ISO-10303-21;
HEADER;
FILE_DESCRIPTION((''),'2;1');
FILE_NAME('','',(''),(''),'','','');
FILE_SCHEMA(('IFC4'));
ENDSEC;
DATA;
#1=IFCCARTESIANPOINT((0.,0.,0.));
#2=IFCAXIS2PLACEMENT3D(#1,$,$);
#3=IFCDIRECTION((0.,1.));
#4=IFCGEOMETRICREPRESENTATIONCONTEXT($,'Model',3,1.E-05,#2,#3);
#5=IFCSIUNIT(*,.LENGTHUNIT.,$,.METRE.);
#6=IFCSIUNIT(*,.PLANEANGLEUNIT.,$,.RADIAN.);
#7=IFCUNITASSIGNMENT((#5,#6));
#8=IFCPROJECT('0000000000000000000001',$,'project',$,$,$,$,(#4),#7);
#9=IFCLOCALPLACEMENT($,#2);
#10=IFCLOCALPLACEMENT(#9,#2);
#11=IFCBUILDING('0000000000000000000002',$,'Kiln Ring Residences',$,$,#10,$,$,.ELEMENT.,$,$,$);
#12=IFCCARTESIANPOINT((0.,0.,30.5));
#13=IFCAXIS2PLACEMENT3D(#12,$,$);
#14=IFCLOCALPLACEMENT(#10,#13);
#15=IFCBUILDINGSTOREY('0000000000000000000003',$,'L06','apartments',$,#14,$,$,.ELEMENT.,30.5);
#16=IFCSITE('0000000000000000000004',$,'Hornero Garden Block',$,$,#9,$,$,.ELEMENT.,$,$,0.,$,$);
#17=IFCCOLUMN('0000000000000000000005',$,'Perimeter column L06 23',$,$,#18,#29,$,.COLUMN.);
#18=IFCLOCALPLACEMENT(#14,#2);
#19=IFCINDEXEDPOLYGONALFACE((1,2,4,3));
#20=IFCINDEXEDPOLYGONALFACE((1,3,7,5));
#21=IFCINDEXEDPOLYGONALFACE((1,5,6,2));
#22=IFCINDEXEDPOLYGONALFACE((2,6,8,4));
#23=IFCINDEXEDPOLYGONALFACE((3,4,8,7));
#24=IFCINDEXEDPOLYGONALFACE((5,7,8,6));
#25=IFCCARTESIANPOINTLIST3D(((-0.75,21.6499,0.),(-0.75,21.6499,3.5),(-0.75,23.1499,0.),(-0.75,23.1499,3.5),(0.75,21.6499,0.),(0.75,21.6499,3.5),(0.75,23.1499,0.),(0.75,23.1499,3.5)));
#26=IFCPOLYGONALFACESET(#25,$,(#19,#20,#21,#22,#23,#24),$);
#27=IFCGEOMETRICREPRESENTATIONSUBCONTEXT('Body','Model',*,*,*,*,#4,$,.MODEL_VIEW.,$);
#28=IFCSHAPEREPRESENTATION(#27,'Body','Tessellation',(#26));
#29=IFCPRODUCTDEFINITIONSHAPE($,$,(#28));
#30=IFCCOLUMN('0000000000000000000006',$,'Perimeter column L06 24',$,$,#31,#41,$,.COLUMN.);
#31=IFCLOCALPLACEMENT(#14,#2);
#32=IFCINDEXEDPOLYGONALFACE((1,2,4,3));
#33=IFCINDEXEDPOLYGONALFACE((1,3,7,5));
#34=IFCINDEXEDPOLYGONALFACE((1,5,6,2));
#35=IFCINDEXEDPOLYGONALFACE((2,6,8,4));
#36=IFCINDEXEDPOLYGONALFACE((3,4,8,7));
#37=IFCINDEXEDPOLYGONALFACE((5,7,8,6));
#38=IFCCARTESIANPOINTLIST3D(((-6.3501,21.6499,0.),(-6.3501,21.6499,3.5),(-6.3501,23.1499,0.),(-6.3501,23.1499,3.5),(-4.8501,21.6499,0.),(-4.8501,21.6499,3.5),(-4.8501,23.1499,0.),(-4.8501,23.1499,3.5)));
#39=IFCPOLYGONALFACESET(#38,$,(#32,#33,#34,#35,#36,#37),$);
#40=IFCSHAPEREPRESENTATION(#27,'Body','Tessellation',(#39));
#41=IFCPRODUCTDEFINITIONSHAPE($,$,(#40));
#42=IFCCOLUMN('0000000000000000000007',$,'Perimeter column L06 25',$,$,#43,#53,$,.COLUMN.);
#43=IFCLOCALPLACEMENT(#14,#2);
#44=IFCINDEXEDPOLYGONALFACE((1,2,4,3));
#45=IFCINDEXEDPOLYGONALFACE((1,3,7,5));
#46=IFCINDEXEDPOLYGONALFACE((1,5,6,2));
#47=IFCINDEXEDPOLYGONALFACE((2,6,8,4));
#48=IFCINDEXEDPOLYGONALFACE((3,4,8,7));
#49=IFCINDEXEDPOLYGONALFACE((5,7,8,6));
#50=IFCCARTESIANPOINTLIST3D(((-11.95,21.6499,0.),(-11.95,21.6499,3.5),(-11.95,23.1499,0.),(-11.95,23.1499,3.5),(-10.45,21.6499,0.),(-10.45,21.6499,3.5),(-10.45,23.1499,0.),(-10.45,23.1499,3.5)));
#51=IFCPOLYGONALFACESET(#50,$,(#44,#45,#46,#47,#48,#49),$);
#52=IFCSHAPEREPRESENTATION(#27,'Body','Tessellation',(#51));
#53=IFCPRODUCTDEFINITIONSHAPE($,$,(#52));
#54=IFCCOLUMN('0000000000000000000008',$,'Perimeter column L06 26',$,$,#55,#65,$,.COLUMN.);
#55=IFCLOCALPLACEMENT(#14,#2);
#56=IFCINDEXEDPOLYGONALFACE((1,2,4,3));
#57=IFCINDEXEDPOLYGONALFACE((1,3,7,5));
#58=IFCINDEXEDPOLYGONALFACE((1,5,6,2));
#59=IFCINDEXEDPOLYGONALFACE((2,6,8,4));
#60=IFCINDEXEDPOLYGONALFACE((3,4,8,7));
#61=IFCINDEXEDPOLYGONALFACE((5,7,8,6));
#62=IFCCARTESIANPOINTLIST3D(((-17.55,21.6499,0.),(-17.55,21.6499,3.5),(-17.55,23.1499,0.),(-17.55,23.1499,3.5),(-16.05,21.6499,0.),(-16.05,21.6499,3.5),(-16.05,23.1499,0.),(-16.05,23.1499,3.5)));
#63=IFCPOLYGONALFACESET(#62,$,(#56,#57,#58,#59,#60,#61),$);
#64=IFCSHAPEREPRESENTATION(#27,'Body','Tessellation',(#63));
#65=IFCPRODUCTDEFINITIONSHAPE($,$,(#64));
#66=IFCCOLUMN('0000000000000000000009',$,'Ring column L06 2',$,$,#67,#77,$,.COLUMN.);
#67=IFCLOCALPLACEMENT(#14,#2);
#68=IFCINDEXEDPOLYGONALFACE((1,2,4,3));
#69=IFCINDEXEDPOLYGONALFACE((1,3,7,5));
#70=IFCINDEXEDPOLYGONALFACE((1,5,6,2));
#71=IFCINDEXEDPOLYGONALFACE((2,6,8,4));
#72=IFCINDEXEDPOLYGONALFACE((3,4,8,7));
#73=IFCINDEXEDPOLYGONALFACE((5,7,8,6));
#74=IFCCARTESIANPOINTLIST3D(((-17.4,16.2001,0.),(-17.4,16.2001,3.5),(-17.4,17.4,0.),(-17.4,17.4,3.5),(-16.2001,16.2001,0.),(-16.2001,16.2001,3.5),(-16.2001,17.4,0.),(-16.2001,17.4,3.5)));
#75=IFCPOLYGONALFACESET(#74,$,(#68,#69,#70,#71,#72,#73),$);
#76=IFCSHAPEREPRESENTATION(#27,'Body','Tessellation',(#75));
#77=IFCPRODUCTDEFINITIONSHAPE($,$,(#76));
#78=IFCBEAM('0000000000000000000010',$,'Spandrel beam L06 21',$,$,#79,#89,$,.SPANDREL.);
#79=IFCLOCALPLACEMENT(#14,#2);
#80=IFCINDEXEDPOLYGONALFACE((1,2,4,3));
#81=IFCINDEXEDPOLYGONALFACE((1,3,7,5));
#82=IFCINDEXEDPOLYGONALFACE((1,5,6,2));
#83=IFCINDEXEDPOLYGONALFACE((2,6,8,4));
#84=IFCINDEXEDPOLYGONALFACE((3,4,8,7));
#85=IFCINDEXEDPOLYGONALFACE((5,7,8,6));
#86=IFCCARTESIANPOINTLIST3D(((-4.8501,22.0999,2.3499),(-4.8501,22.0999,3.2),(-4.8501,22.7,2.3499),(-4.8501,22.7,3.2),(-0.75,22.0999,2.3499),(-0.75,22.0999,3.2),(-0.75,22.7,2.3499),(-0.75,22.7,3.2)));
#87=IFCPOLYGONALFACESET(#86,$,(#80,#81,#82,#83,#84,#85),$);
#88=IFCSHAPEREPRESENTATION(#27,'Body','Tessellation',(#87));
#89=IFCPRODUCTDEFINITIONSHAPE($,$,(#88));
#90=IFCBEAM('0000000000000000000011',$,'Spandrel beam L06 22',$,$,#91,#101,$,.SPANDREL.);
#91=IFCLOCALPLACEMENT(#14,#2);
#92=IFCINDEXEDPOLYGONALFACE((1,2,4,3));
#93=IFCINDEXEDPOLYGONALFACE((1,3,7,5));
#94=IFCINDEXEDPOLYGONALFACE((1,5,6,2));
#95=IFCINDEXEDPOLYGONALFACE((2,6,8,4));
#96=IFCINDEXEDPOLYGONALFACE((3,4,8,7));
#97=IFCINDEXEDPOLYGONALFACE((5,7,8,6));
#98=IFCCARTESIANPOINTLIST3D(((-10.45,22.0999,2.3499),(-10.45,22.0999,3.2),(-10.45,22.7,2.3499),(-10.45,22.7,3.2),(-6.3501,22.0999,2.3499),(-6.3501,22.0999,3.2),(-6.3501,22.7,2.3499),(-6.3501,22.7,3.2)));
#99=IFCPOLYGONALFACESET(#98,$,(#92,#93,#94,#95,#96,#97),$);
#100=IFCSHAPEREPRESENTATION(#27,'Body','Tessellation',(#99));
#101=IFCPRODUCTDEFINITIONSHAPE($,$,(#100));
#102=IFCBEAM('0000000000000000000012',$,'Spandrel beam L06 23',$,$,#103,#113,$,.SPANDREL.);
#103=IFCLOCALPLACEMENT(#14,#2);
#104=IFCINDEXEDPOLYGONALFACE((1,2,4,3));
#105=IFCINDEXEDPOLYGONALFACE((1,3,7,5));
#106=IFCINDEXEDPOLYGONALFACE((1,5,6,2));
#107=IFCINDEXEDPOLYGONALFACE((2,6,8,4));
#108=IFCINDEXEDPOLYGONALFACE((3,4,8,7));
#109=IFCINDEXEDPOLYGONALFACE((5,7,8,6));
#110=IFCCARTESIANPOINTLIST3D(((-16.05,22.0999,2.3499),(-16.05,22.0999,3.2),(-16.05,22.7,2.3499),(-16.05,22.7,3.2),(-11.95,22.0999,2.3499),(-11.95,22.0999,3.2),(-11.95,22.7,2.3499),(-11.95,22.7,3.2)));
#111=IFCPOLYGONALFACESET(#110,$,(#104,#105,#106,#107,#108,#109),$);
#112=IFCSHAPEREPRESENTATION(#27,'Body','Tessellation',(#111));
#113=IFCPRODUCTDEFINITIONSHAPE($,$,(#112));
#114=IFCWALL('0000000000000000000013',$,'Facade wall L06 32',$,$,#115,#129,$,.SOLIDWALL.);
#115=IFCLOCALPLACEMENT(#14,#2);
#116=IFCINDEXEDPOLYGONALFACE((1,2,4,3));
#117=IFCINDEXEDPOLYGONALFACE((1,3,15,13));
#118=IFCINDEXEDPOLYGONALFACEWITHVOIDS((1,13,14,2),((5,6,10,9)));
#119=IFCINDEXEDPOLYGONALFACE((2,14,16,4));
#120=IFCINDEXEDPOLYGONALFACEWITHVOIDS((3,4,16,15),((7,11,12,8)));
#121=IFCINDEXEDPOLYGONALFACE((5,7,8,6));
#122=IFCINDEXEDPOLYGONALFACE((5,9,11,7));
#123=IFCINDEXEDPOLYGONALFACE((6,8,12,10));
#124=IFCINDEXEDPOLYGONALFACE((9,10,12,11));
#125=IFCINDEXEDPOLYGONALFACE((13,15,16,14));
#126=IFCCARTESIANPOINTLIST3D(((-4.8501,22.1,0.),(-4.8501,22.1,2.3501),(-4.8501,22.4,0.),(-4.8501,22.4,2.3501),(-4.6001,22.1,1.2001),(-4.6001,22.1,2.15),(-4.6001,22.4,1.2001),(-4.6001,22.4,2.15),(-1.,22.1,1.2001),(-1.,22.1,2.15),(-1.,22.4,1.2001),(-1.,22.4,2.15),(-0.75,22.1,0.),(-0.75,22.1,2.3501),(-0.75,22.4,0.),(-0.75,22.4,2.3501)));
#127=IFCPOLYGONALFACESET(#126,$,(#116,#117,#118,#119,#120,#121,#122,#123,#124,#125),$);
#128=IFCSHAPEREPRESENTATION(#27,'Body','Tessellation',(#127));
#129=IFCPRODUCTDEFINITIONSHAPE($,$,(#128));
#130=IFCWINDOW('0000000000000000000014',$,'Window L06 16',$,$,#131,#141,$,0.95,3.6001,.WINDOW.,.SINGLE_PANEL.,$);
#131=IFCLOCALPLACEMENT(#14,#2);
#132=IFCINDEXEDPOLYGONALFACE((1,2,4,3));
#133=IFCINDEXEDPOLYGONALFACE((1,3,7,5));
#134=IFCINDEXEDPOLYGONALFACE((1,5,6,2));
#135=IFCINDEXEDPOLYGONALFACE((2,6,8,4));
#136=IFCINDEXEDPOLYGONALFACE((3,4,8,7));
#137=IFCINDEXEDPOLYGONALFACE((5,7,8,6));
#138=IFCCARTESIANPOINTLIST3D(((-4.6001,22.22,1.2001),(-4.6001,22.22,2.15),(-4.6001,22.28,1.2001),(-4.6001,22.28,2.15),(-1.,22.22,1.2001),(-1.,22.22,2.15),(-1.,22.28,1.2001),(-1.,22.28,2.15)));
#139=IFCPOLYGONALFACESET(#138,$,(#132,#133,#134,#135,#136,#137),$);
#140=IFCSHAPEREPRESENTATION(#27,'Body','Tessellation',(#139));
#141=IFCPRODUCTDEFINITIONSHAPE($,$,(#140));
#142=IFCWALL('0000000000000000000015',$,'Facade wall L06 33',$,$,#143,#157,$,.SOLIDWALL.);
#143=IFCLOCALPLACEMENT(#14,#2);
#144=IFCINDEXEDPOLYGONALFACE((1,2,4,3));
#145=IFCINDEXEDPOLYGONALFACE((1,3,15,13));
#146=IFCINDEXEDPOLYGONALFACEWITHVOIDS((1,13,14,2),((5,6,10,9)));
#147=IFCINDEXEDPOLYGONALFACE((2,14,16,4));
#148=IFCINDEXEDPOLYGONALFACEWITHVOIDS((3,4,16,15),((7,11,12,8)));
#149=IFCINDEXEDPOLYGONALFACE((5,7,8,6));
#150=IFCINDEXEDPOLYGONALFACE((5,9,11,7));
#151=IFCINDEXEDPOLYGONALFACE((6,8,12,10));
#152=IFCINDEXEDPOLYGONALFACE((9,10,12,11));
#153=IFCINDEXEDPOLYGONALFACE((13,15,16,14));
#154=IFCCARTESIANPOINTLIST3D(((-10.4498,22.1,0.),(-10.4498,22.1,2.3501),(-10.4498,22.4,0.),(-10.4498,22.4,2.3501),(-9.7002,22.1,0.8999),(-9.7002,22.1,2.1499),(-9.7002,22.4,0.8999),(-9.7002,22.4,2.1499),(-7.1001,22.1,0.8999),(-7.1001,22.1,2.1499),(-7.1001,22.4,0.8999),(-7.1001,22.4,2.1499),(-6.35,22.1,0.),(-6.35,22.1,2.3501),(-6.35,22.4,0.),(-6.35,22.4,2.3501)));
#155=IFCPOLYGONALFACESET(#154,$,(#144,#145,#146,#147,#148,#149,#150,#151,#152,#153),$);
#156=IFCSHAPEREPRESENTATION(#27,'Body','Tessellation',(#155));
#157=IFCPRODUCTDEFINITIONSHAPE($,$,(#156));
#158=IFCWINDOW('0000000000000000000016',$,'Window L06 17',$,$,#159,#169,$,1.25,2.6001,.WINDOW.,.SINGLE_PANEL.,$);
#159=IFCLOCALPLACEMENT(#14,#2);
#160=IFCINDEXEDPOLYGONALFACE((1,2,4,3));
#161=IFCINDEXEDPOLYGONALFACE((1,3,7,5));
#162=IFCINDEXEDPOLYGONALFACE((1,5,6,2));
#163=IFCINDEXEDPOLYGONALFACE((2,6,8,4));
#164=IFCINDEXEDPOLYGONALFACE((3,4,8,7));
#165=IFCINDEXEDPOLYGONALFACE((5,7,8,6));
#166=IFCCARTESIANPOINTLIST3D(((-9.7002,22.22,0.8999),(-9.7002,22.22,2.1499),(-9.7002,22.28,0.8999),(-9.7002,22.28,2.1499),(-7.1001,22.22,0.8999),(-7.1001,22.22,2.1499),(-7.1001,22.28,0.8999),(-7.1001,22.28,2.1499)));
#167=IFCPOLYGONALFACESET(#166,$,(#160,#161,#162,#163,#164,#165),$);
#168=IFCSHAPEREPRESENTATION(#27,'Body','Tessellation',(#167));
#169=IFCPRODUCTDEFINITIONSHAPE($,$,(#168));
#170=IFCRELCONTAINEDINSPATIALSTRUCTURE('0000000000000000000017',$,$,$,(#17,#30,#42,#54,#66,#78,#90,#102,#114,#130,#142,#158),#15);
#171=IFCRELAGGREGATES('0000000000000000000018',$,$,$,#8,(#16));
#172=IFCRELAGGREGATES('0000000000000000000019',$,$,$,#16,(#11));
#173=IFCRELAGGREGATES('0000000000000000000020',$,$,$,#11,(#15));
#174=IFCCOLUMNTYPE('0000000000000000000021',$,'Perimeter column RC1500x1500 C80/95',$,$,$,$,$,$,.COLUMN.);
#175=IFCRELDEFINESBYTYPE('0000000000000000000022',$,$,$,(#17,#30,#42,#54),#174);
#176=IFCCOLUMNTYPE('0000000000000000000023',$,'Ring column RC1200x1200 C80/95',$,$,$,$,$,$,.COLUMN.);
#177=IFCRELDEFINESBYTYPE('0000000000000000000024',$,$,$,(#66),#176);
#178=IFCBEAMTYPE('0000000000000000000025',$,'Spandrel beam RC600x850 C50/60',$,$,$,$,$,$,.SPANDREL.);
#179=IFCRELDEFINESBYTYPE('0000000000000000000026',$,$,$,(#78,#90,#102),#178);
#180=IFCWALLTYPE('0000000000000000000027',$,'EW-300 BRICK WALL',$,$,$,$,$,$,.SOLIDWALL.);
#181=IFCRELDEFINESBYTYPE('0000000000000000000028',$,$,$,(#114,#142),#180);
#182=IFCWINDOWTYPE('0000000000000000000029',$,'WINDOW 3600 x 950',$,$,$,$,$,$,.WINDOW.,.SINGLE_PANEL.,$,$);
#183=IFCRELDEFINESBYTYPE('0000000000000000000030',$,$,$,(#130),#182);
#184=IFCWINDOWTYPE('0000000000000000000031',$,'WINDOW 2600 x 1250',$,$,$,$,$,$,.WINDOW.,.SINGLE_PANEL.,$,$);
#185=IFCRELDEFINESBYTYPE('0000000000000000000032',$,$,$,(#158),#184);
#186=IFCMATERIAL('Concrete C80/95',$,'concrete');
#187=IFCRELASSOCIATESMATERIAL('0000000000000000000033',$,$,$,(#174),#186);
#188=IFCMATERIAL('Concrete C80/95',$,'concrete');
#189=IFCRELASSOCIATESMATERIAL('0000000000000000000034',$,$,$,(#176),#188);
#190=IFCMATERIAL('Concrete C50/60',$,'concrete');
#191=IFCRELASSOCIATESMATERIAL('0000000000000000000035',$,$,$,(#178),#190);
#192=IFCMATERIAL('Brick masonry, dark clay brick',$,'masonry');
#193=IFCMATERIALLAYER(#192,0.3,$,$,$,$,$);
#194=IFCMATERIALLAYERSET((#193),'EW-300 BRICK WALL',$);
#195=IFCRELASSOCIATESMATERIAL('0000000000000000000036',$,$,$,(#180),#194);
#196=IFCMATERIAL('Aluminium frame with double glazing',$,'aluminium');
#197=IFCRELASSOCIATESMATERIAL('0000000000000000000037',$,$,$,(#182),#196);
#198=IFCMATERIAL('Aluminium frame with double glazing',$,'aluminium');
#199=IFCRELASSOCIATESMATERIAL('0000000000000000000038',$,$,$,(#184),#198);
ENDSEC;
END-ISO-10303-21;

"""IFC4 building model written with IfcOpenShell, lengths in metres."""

from ifc_helpers import new_model, si_unit, direction, frame, frame_2d, origin, origin_2d, place, context, subcontext, project, spatial, rectangle, extrude, material, layer, layer_set, material_profile, profile_set, type_object, element, fill, save


model = new_model("IFC4")

# Units and contexts
model_context = context("Model", 3, precision=1e-05, world=origin(), true_north=direction((0.0, 1.0)))
body_context = subcontext(model_context, "Body", "Model", "MODEL_VIEW")
ifc_project = project(units=[si_unit("LENGTHUNIT", "METRE"), si_unit("PLANEANGLEUNIT", "RADIAN")], contexts=[model_context])

# Site, building, storey
site_placement = place(None, origin())
site = spatial("IfcSite", under=ifc_project, at=site_placement, Name="Hornero Garden Block", CompositionType="ELEMENT", RefElevation=0.0)
building_placement = place(site_placement, origin())
building = spatial("IfcBuilding", under=site, at=building_placement, Name="Kiln Ring Residences", CompositionType="ELEMENT")
storey_placement = place(building_placement, frame((0.0, 0.0, 30.5)))
storey = spatial("IfcBuildingStorey", under=building, at=storey_placement, Name="L06", Description="apartments", CompositionType="ELEMENT", Elevation=30.5)

# Columns
ifc_material_1 = material(Name="Concrete C80/95", Category="concrete")
ifc_material_profile_1 = material_profile(ifc_material_1, rectangle(XDim=1.5, YDim=1.5, at=origin_2d()), Name="RC1500x1500")
ifc_profile_set_1 = profile_set([ifc_material_profile_1], Name="Concrete C80/95")
column_type_1 = type_object("IfcColumnType", Name="Perimeter column RC1500x1500 C80/95", PredefinedType="COLUMN", material=ifc_profile_set_1)
for number, where, z_axis, x_axis, name in (
    (1, (0.0, 22.3999, 0.0), (0.0, 0.0, 1.0), (1.0, 0.0, 0.0), "Perimeter column L06 23"),
    (2, (-5.6001, 22.3999, 0.0), (0.0, 0.0, 1.0), (1.0, 0.0, 0.0), "Perimeter column L06 24"),
    (3, (-11.2, 22.3999, 0.0), (0.0, 0.0, 1.0), (1.0, 0.0, 0.0), "Perimeter column L06 25"),
    (4, (-16.8, 22.3999, 0.0), (0.0, 0.0, 1.0), (1.0, 0.0, 0.0), "Perimeter column L06 26"),
):
    element("IfcColumn", number, at=place(storey_placement, frame(where, z_axis=z_axis, x_axis=x_axis)), inside=storey, type_object=column_type_1, Name=name, PredefinedType="COLUMN", context=body_context, shape_type="SweptSolid", body=[
        extrude(rectangle(XDim=1.5, YDim=1.5, at=origin_2d()), origin(), (0.0, 0.0, 1.0), 3.5),
    ])
ifc_material_2 = material(Name="Concrete C80/95", Category="concrete")
ifc_material_profile_2 = material_profile(ifc_material_2, rectangle(XDim=1.2, YDim=1.2, at=origin_2d()), Name="RC1200x1200")
ifc_profile_set_2 = profile_set([ifc_material_profile_2], Name="Concrete C80/95")
column_type_2 = type_object("IfcColumnType", Name="Ring column RC1200x1200 C80/95", PredefinedType="COLUMN", material=ifc_profile_set_2)
column_placement = place(storey_placement, frame((-16.8, 16.8, 0.0), z_axis=(0.0, 0.0, 1.0), x_axis=(1.0, 0.0, 0.0)))
element("IfcColumn", 5, at=column_placement, inside=storey, type_object=column_type_2, Name="Ring column L06 2", PredefinedType="COLUMN", context=body_context, shape_type="SweptSolid", body=[
    extrude(rectangle(XDim=1.2, YDim=1.2, at=origin_2d()), origin(), (0.0, 0.0, 1.0), 3.5),
])

# Beams
ifc_material_3 = material(Name="Concrete C50/60", Category="concrete")
ifc_material_profile_3 = material_profile(ifc_material_3, rectangle(XDim=0.6001, YDim=0.8501, at=origin_2d()), Name="RC600x850")
ifc_profile_set_3 = profile_set([ifc_material_profile_3], Name="Concrete C50/60")
beam_type = type_object("IfcBeamType", Name="Spandrel beam RC600x850 C50/60", PredefinedType="SPANDREL", material=ifc_profile_set_3)
beam_1_placement = place(storey_placement, frame((-0.75, 22.3999, 2.7749), z_axis=(-1.0, 0.0, 0.0), x_axis=(0.0, -1.0, 0.0)))
element("IfcBeam", 6, at=beam_1_placement, inside=storey, type_object=beam_type, Name="Spandrel beam L06 21", PredefinedType="SPANDREL", context=body_context, shape_type="SweptSolid", body=[
    extrude(rectangle(XDim=0.6001, YDim=0.8501, at=origin_2d()), origin(), (0.0, 0.0, 1.0), 4.1001),
])
beam_2_placement = place(storey_placement, frame((-6.3501, 22.3999, 2.7749), z_axis=(-1.0, 0.0, 0.0), x_axis=(0.0, -1.0, 0.0)))
element("IfcBeam", 7, at=beam_2_placement, inside=storey, type_object=beam_type, Name="Spandrel beam L06 22", PredefinedType="SPANDREL", context=body_context, shape_type="SweptSolid", body=[
    extrude(rectangle(XDim=0.6001, YDim=0.8501, at=origin_2d()), origin(), (0.0, 0.0, 1.0), 4.0999),
])
beam_3_placement = place(storey_placement, frame((-11.95, 22.3999, 2.7749), z_axis=(-1.0, 0.0, 0.0), x_axis=(0.0, -1.0, 0.0)))
element("IfcBeam", 8, at=beam_3_placement, inside=storey, type_object=beam_type, Name="Spandrel beam L06 23", PredefinedType="SPANDREL", context=body_context, shape_type="SweptSolid", body=[
    extrude(rectangle(XDim=0.6001, YDim=0.8501, at=origin_2d()), origin(), (0.0, 0.0, 1.0), 4.1001),
])

# Walls, openings, windows
ifc_material_4 = material(Name="Brick masonry, dark clay brick", Category="masonry")
ifc_layer_1 = layer(ifc_material_4, 0.3)
ifc_layer_set_1 = layer_set([ifc_layer_1], Name="EW-300 BRICK WALL")
wall_type_1 = type_object("IfcWallType", Name="EW-300 BRICK WALL", PredefinedType="SOLIDWALL", material=ifc_layer_set_1)
wall_1_placement = place(storey_placement, frame((-0.75, 22.25, 0.0), z_axis=(0.0, 0.0, 1.0), x_axis=(-1.0, 0.0, 0.0)))
wall_1 = element("IfcWall", 9, at=wall_1_placement, inside=storey, type_object=wall_type_1, Name="Facade wall L06 32", PredefinedType="SOLIDWALL", context=body_context, shape_type="SweptSolid", body=[
    extrude(rectangle(XDim=4.1001, YDim=0.3, at=frame_2d((2.05, 0.0))), origin(), (0.0, 0.0, 1.0), 2.3501),
])
opening_1_placement = place(wall_1_placement, frame((0.25, 0.0, 1.2)))
opening_1 = element("IfcOpeningElement", 10, at=opening_1_placement, cuts=wall_1, PredefinedType="OPENING", context=body_context, shape_type="SweptSolid", body=[
    extrude(rectangle(XDim=3.6001, YDim=0.95, at=frame_2d((1.8, 0.4751))), frame((0.0, 0.1599, 0.0), z_axis=(0.0, -1.0, 0.0), x_axis=(1.0, 0.0, 0.0)), (0.0, 0.0, 1.0), 0.3201),
])
ifc_material_5 = material(Name="Aluminium frame with double glazing", Category="aluminium")
window_type_1 = type_object("IfcWindowType", Name="WINDOW 3600 x 950", PartitioningType="SINGLE_PANEL", PredefinedType="WINDOW", material=ifc_material_5)
window_1_placement = place(opening_1_placement, origin())
window_1 = element("IfcWindow", 11, at=window_1_placement, inside=storey, type_object=window_type_1, Name="Window L06 16", OverallHeight=0.95, OverallWidth=3.6001, PartitioningType="SINGLE_PANEL", PredefinedType="WINDOW", context=body_context, shape_type="SweptSolid", body=[
    extrude(rectangle(XDim=3.6001, YDim=0.95, at=frame_2d((1.8, 0.4751))), frame((0.0, 0.03, 0.0), z_axis=(0.0, -1.0, 0.0), x_axis=(1.0, 0.0, 0.0)), (0.0, 0.0, 1.0), 0.0601),
])
fill(opening_1, window_1)
wall_2_placement = place(storey_placement, frame((-6.3501, 22.25, 0.0), z_axis=(0.0, 0.0, 1.0), x_axis=(-1.0, 0.0, 0.0)))
wall_2 = element("IfcWall", 12, at=wall_2_placement, inside=storey, type_object=wall_type_1, Name="Facade wall L06 33", PredefinedType="SOLIDWALL", context=body_context, shape_type="SweptSolid", body=[
    extrude(rectangle(XDim=4.0999, YDim=0.3, at=frame_2d((2.0498, 0.0))), origin(), (0.0, 0.0, 1.0), 2.3501),
])
opening_2_placement = place(wall_2_placement, frame((0.75, 0.0, 0.8999)))
opening_2 = element("IfcOpeningElement", 13, at=opening_2_placement, cuts=wall_2, PredefinedType="OPENING", context=body_context, shape_type="SweptSolid", body=[
    extrude(rectangle(XDim=2.6001, YDim=1.25, at=frame_2d((1.3, 0.625))), frame((0.0, 0.1599, 0.0), z_axis=(0.0, -1.0, 0.0), x_axis=(1.0, 0.0, 0.0)), (0.0, 0.0, 1.0), 0.3201),
])
ifc_material_6 = material(Name="Aluminium frame with double glazing", Category="aluminium")
window_type_2 = type_object("IfcWindowType", Name="WINDOW 2600 x 1250", PartitioningType="SINGLE_PANEL", PredefinedType="WINDOW", material=ifc_material_6)
window_2_placement = place(opening_2_placement, origin())
window_2 = element("IfcWindow", 14, at=window_2_placement, inside=storey, type_object=window_type_2, Name="Window L06 17", OverallHeight=1.25, OverallWidth=2.6001, PartitioningType="SINGLE_PANEL", PredefinedType="WINDOW", context=body_context, shape_type="SweptSolid", body=[
    extrude(rectangle(XDim=2.6001, YDim=1.25, at=frame_2d((1.3, 0.625))), frame((0.0, 0.03, 0.0), z_axis=(0.0, -1.0, 0.0), x_axis=(1.0, 0.0, 0.0)), (0.0, 0.0, 1.0), 0.0601),
])
fill(opening_2, window_2)

save(model, "model.ifc")
